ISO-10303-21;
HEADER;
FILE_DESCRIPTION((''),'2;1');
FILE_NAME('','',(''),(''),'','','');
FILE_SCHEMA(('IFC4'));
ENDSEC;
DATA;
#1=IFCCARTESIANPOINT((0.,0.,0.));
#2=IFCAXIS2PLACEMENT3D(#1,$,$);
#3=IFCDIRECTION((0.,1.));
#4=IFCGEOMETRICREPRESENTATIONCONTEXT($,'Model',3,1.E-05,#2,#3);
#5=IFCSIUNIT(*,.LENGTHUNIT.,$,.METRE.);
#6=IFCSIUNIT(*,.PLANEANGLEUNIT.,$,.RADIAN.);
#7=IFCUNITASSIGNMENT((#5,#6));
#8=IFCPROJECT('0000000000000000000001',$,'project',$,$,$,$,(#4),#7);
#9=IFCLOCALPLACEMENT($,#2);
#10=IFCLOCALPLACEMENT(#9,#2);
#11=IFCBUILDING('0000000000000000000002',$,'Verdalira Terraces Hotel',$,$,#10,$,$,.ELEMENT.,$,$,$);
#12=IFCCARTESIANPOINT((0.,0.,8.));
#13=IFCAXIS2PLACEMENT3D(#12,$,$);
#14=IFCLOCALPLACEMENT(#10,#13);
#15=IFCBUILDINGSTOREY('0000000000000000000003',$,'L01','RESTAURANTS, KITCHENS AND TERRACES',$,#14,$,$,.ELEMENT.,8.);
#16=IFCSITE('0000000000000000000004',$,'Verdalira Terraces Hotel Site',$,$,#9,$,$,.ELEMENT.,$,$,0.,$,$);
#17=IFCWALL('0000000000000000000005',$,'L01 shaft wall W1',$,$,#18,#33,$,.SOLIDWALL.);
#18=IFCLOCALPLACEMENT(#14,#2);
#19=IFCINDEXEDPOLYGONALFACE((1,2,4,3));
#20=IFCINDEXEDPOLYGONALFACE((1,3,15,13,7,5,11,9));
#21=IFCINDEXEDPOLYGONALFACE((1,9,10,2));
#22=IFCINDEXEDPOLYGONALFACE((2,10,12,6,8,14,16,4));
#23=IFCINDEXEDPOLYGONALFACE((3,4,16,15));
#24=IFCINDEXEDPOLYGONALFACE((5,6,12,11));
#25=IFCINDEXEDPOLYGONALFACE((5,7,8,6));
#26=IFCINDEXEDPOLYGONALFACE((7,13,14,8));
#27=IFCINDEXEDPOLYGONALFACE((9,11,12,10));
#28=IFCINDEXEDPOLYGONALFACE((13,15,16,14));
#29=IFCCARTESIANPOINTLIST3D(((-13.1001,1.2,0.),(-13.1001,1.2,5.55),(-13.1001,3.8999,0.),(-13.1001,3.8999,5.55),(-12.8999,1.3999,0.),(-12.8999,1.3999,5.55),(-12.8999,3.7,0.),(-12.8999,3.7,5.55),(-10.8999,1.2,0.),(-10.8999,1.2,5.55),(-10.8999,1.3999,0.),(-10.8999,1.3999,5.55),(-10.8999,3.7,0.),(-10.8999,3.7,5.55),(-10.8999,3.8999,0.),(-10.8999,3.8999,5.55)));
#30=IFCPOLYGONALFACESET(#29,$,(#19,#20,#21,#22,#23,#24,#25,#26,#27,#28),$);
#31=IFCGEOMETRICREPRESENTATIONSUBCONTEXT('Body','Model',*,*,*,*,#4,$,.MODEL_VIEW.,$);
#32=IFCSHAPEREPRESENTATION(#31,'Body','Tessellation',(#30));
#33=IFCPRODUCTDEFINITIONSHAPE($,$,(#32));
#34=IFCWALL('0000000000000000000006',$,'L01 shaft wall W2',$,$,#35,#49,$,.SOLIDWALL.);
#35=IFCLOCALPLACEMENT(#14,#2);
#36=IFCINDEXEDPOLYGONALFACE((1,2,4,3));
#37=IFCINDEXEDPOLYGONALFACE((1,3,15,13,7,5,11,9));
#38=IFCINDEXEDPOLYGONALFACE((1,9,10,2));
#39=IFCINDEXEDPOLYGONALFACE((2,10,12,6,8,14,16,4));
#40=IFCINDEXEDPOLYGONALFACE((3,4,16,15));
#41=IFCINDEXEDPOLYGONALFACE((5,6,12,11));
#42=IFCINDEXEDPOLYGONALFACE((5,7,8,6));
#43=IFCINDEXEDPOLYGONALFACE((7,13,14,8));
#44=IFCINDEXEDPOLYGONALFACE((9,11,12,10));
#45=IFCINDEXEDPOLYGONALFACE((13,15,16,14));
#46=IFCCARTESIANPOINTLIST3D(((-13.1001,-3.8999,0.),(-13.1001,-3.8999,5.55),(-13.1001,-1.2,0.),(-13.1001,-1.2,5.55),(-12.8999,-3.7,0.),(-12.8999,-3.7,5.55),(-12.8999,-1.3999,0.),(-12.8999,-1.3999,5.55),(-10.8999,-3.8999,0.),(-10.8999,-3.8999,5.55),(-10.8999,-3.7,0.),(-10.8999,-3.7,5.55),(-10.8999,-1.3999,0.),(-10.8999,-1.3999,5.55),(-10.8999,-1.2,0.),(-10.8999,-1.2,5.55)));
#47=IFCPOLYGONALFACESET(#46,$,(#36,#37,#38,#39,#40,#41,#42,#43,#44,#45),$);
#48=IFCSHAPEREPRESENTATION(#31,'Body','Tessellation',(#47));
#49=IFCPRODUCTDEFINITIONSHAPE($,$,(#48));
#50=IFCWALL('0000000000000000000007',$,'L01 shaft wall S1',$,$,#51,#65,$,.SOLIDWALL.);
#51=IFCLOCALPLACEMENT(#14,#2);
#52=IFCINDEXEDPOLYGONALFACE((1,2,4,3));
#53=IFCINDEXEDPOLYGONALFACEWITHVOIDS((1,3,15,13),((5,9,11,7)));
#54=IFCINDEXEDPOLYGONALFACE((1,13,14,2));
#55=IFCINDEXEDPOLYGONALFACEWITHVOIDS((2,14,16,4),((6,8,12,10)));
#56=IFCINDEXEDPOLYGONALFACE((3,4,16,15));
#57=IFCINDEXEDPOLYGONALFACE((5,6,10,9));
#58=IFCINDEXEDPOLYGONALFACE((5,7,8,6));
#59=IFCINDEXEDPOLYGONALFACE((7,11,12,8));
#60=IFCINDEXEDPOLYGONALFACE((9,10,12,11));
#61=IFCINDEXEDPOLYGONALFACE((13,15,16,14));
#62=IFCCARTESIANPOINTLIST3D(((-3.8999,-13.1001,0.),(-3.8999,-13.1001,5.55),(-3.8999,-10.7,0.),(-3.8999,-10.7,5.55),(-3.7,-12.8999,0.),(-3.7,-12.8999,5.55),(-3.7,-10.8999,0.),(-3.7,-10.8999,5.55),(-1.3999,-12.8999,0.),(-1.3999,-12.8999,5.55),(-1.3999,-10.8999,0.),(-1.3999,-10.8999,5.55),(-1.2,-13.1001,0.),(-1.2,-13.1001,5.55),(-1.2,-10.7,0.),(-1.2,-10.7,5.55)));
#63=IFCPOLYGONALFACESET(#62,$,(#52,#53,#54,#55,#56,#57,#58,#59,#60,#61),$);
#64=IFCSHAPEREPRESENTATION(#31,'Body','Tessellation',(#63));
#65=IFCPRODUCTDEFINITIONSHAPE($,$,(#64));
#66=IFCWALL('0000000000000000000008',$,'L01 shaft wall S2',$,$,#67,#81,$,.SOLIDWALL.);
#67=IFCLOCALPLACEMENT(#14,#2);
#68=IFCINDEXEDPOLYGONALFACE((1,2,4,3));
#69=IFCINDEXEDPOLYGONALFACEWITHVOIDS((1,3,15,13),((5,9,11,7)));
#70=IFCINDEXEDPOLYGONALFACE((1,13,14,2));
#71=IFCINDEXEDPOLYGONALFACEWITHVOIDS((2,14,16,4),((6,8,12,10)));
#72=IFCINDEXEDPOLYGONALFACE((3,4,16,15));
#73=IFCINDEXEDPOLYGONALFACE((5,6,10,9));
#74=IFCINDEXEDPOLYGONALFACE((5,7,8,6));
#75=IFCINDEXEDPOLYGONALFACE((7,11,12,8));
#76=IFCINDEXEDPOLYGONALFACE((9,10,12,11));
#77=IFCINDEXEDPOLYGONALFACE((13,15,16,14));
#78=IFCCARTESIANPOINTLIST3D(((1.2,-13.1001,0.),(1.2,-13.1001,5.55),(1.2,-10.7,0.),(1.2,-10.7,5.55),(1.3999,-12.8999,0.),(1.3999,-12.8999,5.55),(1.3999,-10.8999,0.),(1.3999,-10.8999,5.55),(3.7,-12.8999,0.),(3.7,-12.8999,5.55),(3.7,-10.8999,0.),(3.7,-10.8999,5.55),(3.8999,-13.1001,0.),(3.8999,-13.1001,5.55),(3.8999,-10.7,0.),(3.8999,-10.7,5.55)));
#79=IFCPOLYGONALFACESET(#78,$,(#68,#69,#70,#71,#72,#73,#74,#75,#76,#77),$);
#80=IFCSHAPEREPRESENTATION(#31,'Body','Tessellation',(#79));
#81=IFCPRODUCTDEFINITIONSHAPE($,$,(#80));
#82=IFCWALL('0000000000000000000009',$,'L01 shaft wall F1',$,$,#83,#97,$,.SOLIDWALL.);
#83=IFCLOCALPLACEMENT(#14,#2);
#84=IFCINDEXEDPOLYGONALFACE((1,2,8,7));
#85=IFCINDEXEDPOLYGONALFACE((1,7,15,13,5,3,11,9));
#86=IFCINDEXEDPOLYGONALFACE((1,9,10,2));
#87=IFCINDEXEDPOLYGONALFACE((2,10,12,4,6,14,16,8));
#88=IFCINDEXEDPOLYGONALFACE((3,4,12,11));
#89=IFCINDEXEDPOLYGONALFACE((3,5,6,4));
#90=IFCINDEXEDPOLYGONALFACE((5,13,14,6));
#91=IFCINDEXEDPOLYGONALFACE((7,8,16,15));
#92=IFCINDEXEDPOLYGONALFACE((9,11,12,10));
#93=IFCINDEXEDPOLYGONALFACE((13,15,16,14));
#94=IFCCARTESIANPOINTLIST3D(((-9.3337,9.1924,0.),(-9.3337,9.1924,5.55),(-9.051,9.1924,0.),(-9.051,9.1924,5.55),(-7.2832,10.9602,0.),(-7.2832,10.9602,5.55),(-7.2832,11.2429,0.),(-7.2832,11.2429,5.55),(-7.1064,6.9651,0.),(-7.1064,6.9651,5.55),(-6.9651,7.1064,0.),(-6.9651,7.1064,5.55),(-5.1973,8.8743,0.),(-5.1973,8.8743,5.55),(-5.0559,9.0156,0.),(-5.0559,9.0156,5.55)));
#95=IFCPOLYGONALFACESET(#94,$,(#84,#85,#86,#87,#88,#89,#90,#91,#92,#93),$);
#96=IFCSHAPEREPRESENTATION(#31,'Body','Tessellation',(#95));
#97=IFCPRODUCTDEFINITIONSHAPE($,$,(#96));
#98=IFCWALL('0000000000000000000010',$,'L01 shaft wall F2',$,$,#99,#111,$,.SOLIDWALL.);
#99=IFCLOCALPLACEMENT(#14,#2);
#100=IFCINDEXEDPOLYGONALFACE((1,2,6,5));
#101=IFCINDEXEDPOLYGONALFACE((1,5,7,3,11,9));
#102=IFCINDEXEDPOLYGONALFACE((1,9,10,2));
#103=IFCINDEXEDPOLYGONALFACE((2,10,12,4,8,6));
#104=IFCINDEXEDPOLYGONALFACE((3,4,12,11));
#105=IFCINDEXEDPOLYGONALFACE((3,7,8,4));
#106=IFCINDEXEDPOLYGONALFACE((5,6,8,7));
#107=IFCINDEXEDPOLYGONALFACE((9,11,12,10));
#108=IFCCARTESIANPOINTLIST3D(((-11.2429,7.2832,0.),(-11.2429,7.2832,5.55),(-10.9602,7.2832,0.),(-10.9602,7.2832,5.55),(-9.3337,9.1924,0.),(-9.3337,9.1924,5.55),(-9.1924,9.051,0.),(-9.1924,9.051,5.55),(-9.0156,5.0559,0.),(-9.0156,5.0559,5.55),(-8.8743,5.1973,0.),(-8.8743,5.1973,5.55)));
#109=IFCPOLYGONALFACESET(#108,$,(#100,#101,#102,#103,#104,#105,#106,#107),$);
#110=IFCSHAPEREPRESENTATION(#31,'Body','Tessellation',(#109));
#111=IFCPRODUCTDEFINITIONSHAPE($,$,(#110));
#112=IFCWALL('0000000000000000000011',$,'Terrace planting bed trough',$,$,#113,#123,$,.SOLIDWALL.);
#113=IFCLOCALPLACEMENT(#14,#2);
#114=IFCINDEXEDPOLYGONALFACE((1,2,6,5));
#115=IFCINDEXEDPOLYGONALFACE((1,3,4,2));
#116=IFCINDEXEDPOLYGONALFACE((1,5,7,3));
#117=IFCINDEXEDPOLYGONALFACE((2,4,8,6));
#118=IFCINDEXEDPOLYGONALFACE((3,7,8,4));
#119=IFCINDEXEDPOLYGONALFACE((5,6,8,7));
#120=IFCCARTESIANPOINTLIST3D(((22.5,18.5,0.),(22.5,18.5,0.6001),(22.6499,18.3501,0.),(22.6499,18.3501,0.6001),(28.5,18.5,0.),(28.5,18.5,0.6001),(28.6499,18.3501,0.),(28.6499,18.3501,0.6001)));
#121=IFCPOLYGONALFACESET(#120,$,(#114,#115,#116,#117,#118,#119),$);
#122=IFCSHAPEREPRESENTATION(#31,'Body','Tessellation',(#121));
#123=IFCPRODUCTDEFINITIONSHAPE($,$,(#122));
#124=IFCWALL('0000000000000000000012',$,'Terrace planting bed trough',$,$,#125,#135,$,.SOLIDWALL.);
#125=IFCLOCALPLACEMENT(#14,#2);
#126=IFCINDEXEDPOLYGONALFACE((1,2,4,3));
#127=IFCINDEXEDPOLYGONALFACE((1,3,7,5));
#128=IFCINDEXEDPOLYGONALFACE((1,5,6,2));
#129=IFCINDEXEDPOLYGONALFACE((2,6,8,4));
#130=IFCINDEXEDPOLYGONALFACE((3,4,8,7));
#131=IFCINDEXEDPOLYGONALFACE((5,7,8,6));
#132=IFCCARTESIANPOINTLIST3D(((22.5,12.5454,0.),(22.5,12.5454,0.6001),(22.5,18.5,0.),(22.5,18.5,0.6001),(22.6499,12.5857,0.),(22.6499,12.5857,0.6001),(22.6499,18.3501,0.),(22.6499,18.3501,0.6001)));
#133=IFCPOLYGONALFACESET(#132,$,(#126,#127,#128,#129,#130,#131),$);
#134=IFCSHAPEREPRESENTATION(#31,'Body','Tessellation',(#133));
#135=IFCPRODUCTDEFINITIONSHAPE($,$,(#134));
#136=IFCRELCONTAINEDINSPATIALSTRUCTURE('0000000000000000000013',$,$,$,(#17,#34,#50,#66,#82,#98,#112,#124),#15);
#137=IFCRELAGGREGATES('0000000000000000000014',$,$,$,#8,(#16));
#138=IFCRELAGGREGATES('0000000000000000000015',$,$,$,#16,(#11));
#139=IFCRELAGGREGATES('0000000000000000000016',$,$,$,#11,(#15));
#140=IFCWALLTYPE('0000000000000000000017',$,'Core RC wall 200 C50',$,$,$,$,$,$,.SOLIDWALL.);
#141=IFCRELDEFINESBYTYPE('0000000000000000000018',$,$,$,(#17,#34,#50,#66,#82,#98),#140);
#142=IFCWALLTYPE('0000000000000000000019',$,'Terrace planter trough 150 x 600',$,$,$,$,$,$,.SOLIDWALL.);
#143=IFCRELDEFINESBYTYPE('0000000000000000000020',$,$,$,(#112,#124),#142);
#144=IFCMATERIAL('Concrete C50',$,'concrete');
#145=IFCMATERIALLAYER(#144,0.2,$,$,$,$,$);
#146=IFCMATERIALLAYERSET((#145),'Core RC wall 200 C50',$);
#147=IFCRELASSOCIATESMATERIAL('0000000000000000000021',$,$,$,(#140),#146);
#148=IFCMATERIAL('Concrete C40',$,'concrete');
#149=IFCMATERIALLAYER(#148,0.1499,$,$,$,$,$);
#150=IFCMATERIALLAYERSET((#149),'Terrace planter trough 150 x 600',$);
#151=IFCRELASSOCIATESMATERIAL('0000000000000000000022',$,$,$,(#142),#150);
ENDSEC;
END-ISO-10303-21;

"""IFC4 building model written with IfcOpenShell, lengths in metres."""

from ifc_helpers import new_model, si_unit, direction, frame, origin, place, context, subcontext, project, spatial, polyline, outline, extrude, material, layer, layer_set, type_object, element, save


model = new_model("IFC4")

# Units and contexts
model_context = context("Model", 3, precision=1e-05, world=origin(), true_north=direction((0.0, 1.0)))
body_context = subcontext(model_context, "Body", "Model", "MODEL_VIEW")
ifc_project = project(units=[si_unit("LENGTHUNIT", "METRE"), si_unit("PLANEANGLEUNIT", "RADIAN")], contexts=[model_context])

# Site, building, storey
site_placement = place(None, origin())
site = spatial("IfcSite", under=ifc_project, at=site_placement, Name="Verdalira Terraces Hotel Site", CompositionType="ELEMENT", RefElevation=0.0)
building_placement = place(site_placement, origin())
building = spatial("IfcBuilding", under=site, at=building_placement, Name="Verdalira Terraces Hotel", CompositionType="ELEMENT")
storey_placement = place(building_placement, frame((0.0, 0.0, 8.0)))
storey = spatial("IfcBuildingStorey", under=building, at=storey_placement, Name="L01", Description="RESTAURANTS, KITCHENS AND TERRACES", CompositionType="ELEMENT", Elevation=8.0)

# Walls
ifc_material_1 = material(Name="Concrete C50", Category="concrete")
ifc_layer_1 = layer(ifc_material_1, 0.2)
ifc_layer_set_1 = layer_set([ifc_layer_1], Name="Core RC wall 200 C50")
wall_type_1 = type_object("IfcWallType", Name="Core RC wall 200 C50", PredefinedType="SOLIDWALL", material=ifc_layer_set_1)
wall_1_placement = place(storey_placement, origin())
element("IfcWall", 1, at=wall_1_placement, inside=storey, type_object=wall_type_1, Name="L01 shaft wall W1", PredefinedType="SOLIDWALL", context=body_context, shape_type="SweptSolid", body=[
    extrude(outline(polyline([(-13.1001, 3.8999), (-10.8999, 3.8999), (-10.8999, 3.7), (-12.8999, 3.7), (-12.8999, 1.3999), (-10.8999, 1.3999), (-10.8999, 1.2), (-13.1001, 1.2), (-13.1001, 3.8999)])), origin(), (0.0, 0.0, 1.0), 5.55),
])
wall_2_placement = place(storey_placement, origin())
element("IfcWall", 2, at=wall_2_placement, inside=storey, type_object=wall_type_1, Name="L01 shaft wall W2", PredefinedType="SOLIDWALL", context=body_context, shape_type="SweptSolid", body=[
    extrude(outline(polyline([(-13.1001, -3.8999), (-13.1001, -1.2), (-10.8999, -1.2), (-10.8999, -1.3999), (-12.8999, -1.3999), (-12.8999, -3.7), (-10.8999, -3.7), (-10.8999, -3.8999), (-13.1001, -3.8999)])), origin(), (0.0, 0.0, 1.0), 5.55),
])
wall_3_placement = place(storey_placement, origin())
element("IfcWall", 3, at=wall_3_placement, inside=storey, type_object=wall_type_1, Name="L01 shaft wall S1", PredefinedType="SOLIDWALL", context=body_context, shape_type="SweptSolid", body=[
    extrude(outline(polyline([(-1.2, -13.1001), (-3.8999, -13.1001), (-3.8999, -10.7), (-1.2, -10.7), (-1.2, -13.1001)]), holes=[polyline([(-3.7, -10.8999), (-3.7, -12.8999), (-1.3999, -12.8999), (-1.3999, -10.8999), (-3.7, -10.8999)])]), origin(), (0.0, 0.0, 1.0), 5.55),
])
wall_4_placement = place(storey_placement, origin())
element("IfcWall", 4, at=wall_4_placement, inside=storey, type_object=wall_type_1, Name="L01 shaft wall S2", PredefinedType="SOLIDWALL", context=body_context, shape_type="SweptSolid", body=[
    extrude(outline(polyline([(3.8999, -10.7), (3.8999, -13.1001), (1.2, -13.1001), (1.2, -10.7), (3.8999, -10.7)]), holes=[polyline([(1.3999, -12.8999), (3.7, -12.8999), (3.7, -10.8999), (1.3999, -10.8999), (1.3999, -12.8999)])]), origin(), (0.0, 0.0, 1.0), 5.55),
])
wall_5_placement = place(storey_placement, origin())
element("IfcWall", 5, at=wall_5_placement, inside=storey, type_object=wall_type_1, Name="L01 shaft wall F1", PredefinedType="SOLIDWALL", context=body_context, shape_type="SweptSolid", body=[
    extrude(outline(polyline([(-9.3337, 9.1924), (-7.2832, 11.2429), (-5.0559, 9.0156), (-5.1973, 8.8743), (-7.2832, 10.9602), (-9.051, 9.1924), (-6.9651, 7.1064), (-7.1064, 6.9651), (-9.3337, 9.1924)])), origin(), (0.0, 0.0, 1.0), 5.55),
])
wall_6_placement = place(storey_placement, origin())
element("IfcWall", 6, at=wall_6_placement, inside=storey, type_object=wall_type_1, Name="L01 shaft wall F2", PredefinedType="SOLIDWALL", context=body_context, shape_type="SweptSolid", body=[
    extrude(outline(polyline([(-11.2429, 7.2832), (-9.3337, 9.1924), (-9.1924, 9.051), (-10.9602, 7.2832), (-8.8743, 5.1973), (-9.0156, 5.0559), (-11.2429, 7.2832)])), origin(), (0.0, 0.0, 1.0), 5.55),
])
ifc_material_2 = material(Name="Concrete C40", Category="concrete")
ifc_layer_2 = layer(ifc_material_2, 0.1499)
ifc_layer_set_2 = layer_set([ifc_layer_2], Name="Terrace planter trough 150 x 600")
wall_type_2 = type_object("IfcWallType", Name="Terrace planter trough 150 x 600", PredefinedType="SOLIDWALL", material=ifc_layer_set_2)
wall_7_placement = place(storey_placement, origin())
element("IfcWall", 7, at=wall_7_placement, inside=storey, type_object=wall_type_2, Name="Terrace planting bed trough", PredefinedType="SOLIDWALL", context=body_context, shape_type="SweptSolid", body=[
    extrude(outline(polyline([(28.5, 18.5), (22.5, 18.5), (22.6499, 18.3501), (28.6499, 18.3501), (28.5, 18.5)])), origin(), (0.0, 0.0, 1.0), 0.6001),
])
wall_8_placement = place(storey_placement, origin())
element("IfcWall", 8, at=wall_8_placement, inside=storey, type_object=wall_type_2, Name="Terrace planting bed trough", PredefinedType="SOLIDWALL", context=body_context, shape_type="SweptSolid", body=[
    extrude(outline(polyline([(22.5, 18.5), (22.5, 12.5454), (22.6499, 12.5857), (22.6499, 18.3501), (22.5, 18.5)])), origin(), (0.0, 0.0, 1.0), 0.6001),
])

save(model, "model.ifc")
